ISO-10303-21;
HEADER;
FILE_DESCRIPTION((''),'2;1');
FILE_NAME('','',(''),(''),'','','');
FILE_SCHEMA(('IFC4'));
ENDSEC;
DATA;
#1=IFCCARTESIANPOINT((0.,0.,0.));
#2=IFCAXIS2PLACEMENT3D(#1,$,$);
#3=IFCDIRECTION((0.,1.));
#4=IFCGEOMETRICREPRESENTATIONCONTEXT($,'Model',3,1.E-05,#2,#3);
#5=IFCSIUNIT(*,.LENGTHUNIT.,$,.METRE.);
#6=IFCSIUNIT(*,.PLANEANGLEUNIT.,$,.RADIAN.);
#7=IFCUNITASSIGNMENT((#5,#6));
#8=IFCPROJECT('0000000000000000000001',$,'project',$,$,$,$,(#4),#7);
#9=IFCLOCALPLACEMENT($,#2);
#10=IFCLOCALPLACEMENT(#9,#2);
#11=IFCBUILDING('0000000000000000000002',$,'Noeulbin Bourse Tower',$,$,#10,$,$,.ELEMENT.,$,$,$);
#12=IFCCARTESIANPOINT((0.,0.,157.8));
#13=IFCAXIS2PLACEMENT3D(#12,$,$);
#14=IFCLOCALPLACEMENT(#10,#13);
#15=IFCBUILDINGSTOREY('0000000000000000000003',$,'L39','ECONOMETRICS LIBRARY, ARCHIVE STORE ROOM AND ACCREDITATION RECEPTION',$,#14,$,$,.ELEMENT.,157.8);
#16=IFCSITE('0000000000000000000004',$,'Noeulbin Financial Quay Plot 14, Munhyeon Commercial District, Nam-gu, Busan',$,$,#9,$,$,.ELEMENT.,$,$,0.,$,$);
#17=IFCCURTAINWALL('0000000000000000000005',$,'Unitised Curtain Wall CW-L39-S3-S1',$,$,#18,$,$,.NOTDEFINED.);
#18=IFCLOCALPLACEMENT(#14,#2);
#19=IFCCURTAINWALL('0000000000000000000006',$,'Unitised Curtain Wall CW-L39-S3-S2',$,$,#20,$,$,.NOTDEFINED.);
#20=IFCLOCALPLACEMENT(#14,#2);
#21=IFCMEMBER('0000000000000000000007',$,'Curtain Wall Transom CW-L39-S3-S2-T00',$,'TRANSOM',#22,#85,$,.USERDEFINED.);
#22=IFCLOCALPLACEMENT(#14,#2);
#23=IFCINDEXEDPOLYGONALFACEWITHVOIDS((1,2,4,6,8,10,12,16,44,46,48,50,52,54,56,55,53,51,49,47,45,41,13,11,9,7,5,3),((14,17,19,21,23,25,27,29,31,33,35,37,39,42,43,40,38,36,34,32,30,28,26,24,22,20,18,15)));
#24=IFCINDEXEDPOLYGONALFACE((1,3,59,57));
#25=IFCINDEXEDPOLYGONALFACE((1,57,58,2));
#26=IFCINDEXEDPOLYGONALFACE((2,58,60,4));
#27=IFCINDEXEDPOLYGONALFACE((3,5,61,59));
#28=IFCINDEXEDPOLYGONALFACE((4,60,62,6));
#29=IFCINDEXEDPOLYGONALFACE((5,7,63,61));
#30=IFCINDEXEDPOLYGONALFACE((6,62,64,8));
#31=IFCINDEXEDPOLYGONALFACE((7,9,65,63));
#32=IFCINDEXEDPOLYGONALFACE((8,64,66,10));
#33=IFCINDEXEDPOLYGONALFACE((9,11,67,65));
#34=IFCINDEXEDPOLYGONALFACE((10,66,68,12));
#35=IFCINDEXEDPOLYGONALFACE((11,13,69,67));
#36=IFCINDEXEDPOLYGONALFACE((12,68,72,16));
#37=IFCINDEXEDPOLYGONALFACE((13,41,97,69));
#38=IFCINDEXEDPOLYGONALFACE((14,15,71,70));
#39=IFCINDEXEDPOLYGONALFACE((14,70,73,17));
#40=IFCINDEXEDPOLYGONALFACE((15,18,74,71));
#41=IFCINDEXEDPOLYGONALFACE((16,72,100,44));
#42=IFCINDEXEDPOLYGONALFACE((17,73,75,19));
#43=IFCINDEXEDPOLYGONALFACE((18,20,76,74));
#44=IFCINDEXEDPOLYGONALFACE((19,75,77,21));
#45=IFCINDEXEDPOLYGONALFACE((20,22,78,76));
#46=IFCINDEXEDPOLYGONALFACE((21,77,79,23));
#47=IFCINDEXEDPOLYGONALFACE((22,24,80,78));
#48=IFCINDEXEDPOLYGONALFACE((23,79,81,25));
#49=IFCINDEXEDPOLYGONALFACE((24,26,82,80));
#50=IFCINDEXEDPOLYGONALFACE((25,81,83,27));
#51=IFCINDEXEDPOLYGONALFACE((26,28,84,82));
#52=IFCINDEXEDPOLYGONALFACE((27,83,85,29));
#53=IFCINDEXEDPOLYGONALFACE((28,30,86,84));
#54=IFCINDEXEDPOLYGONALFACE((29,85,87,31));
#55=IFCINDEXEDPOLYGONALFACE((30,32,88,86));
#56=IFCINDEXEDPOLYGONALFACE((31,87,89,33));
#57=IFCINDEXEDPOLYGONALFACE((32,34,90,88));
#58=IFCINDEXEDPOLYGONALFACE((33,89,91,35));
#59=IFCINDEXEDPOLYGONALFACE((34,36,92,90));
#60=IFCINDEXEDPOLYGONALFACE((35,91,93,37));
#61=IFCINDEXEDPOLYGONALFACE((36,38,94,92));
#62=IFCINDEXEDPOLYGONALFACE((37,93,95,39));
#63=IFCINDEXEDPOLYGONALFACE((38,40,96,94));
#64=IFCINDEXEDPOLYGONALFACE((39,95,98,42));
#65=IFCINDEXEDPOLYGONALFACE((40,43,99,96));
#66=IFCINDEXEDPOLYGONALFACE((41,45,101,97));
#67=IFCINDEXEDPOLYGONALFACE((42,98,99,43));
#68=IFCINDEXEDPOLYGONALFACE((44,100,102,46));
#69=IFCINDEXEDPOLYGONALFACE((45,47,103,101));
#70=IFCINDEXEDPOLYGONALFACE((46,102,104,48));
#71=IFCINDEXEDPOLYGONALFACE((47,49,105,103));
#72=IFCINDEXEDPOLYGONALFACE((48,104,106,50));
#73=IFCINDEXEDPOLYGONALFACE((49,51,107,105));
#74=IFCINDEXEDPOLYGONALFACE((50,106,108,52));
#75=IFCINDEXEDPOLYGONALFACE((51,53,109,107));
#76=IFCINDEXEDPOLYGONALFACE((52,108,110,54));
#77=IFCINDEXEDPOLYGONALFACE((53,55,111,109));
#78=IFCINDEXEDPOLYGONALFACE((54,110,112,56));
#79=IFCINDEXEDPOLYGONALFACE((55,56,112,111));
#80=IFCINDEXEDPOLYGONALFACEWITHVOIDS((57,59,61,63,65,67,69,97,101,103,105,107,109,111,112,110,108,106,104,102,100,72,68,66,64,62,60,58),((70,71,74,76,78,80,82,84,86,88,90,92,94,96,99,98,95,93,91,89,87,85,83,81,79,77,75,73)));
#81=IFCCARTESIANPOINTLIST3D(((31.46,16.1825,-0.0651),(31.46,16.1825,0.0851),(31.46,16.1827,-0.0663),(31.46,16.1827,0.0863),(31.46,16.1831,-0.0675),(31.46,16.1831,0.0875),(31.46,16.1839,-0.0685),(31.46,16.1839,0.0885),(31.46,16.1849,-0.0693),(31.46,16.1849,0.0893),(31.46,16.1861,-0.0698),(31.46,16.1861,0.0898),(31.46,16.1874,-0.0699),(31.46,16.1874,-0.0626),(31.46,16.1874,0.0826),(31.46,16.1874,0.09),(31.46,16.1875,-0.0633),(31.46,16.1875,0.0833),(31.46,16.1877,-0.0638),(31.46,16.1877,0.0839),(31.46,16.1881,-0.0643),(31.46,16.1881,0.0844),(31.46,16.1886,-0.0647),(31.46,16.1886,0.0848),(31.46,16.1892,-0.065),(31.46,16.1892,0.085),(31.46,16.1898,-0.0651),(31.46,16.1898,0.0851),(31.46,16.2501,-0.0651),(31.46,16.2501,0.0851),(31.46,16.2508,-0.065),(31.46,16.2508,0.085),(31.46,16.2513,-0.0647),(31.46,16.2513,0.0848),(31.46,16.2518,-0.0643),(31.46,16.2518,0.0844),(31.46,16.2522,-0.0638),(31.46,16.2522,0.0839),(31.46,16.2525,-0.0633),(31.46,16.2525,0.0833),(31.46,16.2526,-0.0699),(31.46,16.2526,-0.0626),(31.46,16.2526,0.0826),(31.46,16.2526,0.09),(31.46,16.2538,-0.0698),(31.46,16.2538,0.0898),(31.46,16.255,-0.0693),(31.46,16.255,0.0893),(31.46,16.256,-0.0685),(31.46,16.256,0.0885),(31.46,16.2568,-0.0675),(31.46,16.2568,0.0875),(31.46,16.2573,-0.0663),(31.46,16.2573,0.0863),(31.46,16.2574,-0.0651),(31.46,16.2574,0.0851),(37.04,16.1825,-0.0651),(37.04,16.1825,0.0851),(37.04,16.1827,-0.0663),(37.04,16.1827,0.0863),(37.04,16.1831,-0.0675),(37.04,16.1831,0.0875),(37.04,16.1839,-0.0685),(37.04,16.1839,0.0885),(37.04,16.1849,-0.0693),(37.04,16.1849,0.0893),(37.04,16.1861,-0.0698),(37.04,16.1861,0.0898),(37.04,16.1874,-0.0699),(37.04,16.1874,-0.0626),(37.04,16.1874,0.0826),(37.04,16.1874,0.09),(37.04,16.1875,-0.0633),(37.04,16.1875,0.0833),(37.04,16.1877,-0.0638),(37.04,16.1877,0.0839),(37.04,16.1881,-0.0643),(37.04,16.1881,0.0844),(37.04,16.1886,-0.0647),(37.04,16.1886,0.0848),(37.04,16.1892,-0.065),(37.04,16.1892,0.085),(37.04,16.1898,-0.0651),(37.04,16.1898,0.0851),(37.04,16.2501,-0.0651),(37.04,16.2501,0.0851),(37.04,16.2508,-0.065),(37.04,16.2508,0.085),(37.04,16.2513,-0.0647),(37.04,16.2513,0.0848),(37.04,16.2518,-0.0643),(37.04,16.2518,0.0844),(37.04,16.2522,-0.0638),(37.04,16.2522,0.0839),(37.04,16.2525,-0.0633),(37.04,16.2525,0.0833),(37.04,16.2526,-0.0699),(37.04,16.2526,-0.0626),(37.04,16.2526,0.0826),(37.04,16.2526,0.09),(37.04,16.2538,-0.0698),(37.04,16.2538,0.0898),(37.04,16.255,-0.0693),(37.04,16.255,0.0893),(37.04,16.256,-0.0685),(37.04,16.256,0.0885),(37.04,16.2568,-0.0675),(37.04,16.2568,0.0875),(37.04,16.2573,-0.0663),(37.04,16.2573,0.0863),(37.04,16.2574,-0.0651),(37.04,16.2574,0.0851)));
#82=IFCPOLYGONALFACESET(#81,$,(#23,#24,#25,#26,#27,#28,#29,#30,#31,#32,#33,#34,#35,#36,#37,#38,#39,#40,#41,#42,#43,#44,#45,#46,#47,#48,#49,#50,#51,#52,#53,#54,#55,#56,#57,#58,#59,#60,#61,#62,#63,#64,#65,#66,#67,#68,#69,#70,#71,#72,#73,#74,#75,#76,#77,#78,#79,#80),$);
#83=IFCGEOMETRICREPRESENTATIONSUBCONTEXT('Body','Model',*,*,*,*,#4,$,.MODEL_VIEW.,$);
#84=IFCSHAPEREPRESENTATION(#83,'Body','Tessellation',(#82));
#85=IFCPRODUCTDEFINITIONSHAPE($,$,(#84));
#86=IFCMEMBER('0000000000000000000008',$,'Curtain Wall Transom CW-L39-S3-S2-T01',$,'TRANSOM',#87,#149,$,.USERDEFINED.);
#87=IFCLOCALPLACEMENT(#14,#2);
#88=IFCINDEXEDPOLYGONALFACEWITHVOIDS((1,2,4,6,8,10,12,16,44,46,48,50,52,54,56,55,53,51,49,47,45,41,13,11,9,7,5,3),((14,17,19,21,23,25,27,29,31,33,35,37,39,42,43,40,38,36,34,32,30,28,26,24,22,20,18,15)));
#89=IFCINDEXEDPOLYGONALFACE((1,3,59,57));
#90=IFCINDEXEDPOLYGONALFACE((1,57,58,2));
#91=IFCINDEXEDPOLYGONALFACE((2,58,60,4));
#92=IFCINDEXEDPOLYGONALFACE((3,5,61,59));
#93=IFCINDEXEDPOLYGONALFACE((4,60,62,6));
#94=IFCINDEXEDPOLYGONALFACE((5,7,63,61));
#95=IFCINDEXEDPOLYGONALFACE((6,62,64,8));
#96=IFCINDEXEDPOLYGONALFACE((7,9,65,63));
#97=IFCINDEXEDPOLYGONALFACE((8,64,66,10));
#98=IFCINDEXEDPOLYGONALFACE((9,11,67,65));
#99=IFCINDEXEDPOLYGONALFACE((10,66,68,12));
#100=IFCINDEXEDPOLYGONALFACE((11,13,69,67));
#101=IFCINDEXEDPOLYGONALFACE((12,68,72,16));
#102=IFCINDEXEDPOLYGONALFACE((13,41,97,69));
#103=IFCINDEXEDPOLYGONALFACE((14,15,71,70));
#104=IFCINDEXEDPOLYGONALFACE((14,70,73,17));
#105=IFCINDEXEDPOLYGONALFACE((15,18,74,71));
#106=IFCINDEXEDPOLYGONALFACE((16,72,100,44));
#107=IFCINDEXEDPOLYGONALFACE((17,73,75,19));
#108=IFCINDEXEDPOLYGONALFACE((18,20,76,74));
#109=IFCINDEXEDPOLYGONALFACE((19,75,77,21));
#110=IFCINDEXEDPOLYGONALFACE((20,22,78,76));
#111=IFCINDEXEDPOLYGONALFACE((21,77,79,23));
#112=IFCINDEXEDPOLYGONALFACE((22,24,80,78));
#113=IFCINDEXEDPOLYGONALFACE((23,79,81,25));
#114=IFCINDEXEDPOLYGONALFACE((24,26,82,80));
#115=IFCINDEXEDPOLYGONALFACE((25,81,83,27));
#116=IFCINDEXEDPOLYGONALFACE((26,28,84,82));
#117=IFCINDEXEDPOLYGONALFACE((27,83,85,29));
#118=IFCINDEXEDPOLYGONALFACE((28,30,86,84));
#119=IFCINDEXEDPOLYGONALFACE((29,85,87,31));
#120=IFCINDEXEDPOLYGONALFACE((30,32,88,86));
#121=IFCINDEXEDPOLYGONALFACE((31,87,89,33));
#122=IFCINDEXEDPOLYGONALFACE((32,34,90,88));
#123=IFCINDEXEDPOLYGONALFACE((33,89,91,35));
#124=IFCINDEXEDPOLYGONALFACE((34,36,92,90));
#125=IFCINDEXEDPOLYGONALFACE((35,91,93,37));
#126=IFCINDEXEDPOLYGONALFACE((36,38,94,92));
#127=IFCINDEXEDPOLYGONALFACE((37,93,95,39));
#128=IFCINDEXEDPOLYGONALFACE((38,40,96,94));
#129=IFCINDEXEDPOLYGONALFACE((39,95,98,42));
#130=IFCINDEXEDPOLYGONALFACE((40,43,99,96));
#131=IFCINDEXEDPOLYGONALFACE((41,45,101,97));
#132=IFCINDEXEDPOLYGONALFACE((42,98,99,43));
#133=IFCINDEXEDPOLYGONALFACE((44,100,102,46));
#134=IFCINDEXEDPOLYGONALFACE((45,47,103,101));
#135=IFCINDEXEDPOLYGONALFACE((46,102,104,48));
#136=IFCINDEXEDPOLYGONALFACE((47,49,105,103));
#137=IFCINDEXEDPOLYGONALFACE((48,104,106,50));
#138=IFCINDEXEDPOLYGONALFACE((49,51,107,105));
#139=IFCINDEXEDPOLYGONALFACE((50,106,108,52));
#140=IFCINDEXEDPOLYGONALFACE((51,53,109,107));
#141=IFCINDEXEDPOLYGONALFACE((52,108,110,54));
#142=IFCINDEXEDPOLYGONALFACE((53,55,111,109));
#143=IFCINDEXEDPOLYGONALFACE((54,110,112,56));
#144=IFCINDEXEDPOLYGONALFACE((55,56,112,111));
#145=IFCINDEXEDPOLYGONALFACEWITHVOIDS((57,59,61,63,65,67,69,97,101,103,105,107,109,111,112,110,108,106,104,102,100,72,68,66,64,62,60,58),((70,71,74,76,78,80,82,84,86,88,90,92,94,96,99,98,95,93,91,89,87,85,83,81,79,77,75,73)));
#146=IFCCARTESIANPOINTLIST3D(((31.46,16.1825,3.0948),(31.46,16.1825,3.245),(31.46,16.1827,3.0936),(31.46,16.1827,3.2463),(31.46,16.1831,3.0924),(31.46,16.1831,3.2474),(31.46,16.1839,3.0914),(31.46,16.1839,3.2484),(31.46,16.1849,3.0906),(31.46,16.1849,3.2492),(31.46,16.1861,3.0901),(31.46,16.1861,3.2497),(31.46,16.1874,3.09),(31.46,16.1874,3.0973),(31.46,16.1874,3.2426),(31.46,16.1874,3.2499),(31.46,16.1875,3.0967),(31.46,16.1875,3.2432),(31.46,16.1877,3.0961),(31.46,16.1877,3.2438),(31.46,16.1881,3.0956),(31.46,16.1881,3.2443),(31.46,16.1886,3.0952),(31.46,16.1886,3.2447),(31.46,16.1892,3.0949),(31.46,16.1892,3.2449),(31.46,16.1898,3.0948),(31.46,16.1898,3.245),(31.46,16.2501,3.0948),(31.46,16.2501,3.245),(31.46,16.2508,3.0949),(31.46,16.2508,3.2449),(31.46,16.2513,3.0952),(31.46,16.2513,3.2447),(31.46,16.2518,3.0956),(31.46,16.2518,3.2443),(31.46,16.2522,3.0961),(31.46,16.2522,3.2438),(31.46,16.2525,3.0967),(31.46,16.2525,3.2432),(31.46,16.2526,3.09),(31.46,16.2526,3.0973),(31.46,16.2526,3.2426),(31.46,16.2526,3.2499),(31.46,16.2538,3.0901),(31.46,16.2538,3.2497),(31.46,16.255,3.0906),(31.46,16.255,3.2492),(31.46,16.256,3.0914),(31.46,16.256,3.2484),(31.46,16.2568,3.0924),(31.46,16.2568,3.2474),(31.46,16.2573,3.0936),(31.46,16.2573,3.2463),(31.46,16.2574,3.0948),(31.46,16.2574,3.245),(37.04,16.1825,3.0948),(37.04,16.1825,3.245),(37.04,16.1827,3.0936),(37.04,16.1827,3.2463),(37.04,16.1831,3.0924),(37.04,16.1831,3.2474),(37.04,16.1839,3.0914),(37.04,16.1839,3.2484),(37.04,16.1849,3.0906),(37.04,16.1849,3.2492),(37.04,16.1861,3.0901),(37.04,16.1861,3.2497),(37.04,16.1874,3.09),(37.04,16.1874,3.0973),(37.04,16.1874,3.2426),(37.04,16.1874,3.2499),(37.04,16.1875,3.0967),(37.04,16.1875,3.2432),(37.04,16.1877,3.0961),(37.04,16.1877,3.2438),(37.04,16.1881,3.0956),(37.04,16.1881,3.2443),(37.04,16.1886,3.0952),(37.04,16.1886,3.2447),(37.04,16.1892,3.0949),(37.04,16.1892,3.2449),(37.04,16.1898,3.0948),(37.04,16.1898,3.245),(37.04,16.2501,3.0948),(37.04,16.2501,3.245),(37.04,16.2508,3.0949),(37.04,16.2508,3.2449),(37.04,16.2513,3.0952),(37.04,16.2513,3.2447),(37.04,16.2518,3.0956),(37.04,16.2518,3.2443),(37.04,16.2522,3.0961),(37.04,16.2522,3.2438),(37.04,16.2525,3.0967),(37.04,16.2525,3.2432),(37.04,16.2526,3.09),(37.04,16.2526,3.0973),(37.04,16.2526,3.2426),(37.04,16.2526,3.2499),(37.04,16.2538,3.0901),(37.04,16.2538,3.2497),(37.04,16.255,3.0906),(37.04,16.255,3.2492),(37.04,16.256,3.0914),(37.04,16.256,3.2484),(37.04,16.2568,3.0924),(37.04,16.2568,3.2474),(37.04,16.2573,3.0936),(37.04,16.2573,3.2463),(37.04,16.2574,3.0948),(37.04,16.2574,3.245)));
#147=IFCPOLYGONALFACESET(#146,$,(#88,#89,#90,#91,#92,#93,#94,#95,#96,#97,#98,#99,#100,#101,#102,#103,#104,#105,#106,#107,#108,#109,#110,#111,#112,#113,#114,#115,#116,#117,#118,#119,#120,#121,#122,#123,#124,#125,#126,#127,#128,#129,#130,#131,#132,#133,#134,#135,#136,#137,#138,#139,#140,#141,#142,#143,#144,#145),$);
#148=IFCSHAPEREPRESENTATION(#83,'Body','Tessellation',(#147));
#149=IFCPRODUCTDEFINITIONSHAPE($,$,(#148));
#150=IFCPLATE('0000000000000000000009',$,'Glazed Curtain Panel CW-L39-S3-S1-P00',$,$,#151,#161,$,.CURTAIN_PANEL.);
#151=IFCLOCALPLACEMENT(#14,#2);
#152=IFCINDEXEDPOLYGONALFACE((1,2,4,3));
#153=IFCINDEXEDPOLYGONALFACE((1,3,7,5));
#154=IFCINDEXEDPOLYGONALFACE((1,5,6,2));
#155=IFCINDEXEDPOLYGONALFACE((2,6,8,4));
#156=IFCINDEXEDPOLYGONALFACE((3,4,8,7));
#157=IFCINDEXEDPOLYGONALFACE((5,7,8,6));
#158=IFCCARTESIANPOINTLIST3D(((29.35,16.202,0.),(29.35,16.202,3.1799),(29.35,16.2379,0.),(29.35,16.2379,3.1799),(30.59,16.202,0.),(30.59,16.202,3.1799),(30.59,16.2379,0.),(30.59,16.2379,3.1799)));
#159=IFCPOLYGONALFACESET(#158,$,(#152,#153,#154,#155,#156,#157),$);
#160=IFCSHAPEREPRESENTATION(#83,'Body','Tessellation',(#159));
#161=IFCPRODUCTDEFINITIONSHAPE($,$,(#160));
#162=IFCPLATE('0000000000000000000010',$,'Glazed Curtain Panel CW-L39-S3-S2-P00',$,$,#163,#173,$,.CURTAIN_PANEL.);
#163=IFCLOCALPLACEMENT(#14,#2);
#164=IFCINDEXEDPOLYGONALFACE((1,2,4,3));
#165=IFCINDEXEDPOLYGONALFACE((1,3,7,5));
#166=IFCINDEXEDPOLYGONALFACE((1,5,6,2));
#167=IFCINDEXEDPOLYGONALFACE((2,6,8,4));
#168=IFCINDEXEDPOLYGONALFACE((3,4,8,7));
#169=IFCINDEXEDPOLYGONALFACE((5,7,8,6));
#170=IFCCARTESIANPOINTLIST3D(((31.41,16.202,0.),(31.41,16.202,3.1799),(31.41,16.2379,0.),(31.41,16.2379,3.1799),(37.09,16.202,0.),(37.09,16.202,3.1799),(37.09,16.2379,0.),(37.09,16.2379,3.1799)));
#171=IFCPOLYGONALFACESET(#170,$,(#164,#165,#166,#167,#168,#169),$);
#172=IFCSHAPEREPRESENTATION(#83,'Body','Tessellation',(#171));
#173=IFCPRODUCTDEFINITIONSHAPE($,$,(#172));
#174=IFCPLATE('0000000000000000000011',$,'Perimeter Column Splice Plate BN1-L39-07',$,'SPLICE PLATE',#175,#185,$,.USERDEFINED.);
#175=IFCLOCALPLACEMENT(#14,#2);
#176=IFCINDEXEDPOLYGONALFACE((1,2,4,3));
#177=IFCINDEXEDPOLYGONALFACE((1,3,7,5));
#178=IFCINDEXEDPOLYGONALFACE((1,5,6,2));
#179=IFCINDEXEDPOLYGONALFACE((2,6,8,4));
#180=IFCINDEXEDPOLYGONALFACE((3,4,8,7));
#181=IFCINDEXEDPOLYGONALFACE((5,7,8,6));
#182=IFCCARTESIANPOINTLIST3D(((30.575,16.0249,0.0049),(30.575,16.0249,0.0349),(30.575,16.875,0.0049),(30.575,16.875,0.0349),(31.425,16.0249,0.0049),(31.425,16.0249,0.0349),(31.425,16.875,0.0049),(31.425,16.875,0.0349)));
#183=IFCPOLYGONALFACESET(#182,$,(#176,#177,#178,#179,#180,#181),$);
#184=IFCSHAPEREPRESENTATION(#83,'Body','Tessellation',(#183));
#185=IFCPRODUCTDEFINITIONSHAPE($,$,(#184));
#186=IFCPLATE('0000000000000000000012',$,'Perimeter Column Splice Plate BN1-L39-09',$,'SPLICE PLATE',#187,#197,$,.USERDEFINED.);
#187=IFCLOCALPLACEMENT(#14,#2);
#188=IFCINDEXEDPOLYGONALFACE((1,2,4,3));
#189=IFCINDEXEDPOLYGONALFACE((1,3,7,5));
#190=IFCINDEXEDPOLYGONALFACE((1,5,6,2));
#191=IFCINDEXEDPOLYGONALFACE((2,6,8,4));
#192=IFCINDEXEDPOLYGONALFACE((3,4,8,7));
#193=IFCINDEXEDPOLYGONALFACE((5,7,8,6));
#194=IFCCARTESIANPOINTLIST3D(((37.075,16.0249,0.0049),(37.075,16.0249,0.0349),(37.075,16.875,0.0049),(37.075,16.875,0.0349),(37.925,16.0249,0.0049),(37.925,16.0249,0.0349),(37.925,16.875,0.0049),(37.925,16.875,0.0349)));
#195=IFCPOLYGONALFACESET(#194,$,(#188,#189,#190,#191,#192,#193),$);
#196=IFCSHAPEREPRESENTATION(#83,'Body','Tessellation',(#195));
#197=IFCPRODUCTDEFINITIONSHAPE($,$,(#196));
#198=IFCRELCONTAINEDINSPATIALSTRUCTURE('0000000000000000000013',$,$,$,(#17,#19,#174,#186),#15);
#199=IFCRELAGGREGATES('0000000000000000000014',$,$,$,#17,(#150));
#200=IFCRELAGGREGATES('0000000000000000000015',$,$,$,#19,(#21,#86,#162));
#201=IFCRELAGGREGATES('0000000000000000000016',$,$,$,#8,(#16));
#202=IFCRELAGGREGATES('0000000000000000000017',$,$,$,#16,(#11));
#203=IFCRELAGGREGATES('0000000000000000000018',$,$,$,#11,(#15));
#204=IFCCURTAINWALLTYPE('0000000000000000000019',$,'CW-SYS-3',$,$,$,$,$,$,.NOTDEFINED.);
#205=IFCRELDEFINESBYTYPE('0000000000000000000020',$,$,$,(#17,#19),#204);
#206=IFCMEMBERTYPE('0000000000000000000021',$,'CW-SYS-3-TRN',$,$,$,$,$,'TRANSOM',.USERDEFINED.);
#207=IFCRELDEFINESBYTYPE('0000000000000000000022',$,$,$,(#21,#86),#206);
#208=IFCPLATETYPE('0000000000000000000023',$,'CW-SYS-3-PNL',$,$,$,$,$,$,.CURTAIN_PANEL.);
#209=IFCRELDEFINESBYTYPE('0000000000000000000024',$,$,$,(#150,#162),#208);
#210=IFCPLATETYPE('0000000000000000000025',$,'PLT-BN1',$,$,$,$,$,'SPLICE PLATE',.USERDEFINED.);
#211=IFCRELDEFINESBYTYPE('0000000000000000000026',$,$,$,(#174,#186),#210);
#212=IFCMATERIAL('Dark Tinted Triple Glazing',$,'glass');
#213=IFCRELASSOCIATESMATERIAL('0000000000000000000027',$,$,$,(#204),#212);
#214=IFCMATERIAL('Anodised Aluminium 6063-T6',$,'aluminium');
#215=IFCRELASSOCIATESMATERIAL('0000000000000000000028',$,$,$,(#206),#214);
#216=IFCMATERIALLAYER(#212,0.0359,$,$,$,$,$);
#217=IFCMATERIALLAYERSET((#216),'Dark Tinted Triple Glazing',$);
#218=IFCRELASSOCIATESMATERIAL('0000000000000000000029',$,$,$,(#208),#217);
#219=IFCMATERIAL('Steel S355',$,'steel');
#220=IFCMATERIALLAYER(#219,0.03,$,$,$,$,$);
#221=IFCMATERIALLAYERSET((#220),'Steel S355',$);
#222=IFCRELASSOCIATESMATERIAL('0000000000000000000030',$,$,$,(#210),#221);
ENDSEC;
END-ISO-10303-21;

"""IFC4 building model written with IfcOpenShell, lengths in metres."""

from ifc_helpers import new_model, si_unit, direction, frame, origin, origin_2d, place, context, subcontext, project, spatial, rectangle, hollow_rectangle, extrude, material, layer, layer_set, material_profile, profile_set, type_object, element, aggregate, save


model = new_model("IFC4")

# Units and contexts
model_context = context("Model", 3, precision=1e-05, world=origin(), true_north=direction((0.0, 1.0)))
body_context = subcontext(model_context, "Body", "Model", "MODEL_VIEW")
ifc_project = project(units=[si_unit("LENGTHUNIT", "METRE"), si_unit("PLANEANGLEUNIT", "RADIAN")], contexts=[model_context])

# Site, building, storey
site_placement = place(None, origin())
site = spatial("IfcSite", under=ifc_project, at=site_placement, Name="Noeulbin Financial Quay Plot 14, Munhyeon Commercial District, Nam-gu, Busan", CompositionType="ELEMENT", RefElevation=0.0)
building_placement = place(site_placement, origin())
building = spatial("IfcBuilding", under=site, at=building_placement, Name="Noeulbin Bourse Tower", CompositionType="ELEMENT")
storey_placement = place(building_placement, frame((0.0, 0.0, 157.8)))
storey = spatial("IfcBuildingStorey", under=building, at=storey_placement, Name="L39", Description="ECONOMETRICS LIBRARY, ARCHIVE STORE ROOM AND ACCREDITATION RECEPTION", CompositionType="ELEMENT", Elevation=157.8)

# Shared definitions
ifc_material_1 = material(Name="Steel S355", Category="steel")

# Curtain walls
ifc_material_2 = material(Name="Dark Tinted Triple Glazing", Category="glass")
curtain_wall_type = type_object("IfcCurtainWallType", Name="CW-SYS-3", PredefinedType="NOTDEFINED", material=ifc_material_2)
curtain_wall_1_placement = place(storey_placement, origin())
curtain_wall_1 = element("IfcCurtainWall", 1, at=curtain_wall_1_placement, inside=storey, type_object=curtain_wall_type, Name="Unitised Curtain Wall CW-L39-S3-S1", PredefinedType="NOTDEFINED")
ifc_material_3 = material(Name="Anodised Aluminium 6063-T6", Category="aluminium")
curtain_wall_2_placement = place(storey_placement, origin())
curtain_wall_2 = element("IfcCurtainWall", 2, at=curtain_wall_2_placement, inside=storey, type_object=curtain_wall_type, Name="Unitised Curtain Wall CW-L39-S3-S2", PredefinedType="NOTDEFINED")

# Members
ifc_material_profile_1 = material_profile(ifc_material_3, hollow_rectangle(XDim=0.075, YDim=0.1599, WallThickness=0.0049, InnerFilletRadius=0.0024, OuterFilletRadius=0.0049, at=origin_2d()), Name="ALU-TRAN-75x160x5", Category="LoadBearing")
ifc_profile_set_1 = profile_set([ifc_material_profile_1], Name="Anodised Aluminium 6063-T6")
member_type_1 = type_object("IfcMemberType", Name="CW-SYS-3-TRN", ElementType="TRANSOM", PredefinedType="USERDEFINED", material=ifc_profile_set_1)
member_1_placement = place(storey_placement, frame((31.46, 16.22, 0.01), z_axis=(1.0, 0.0, 0.0), x_axis=(0.0, 1.0, 0.0)))
member_1 = element("IfcMember", 3, at=member_1_placement, type_object=member_type_1, Name="Curtain Wall Transom CW-L39-S3-S2-T00", ObjectType="TRANSOM", PredefinedType="USERDEFINED", context=body_context, shape_type="SweptSolid", body=[
    extrude(hollow_rectangle(XDim=0.075, YDim=0.1599, WallThickness=0.0049, InnerFilletRadius=0.0024, OuterFilletRadius=0.0049, at=origin_2d()), origin(), (0.0, 0.0, 1.0), 5.5801),
])
member_2_placement = place(storey_placement, frame((31.46, 16.22, 3.1699), z_axis=(1.0, 0.0, 0.0), x_axis=(0.0, 1.0, 0.0)))
member_2 = element("IfcMember", 4, at=member_2_placement, type_object=member_type_1, Name="Curtain Wall Transom CW-L39-S3-S2-T01", ObjectType="TRANSOM", PredefinedType="USERDEFINED", context=body_context, shape_type="SweptSolid", body=[
    extrude(hollow_rectangle(XDim=0.075, YDim=0.1599, WallThickness=0.0049, InnerFilletRadius=0.0024, OuterFilletRadius=0.0049, at=origin_2d()), origin(), (0.0, 0.0, 1.0), 5.5801),
])

# Plates
ifc_layer_1 = layer(ifc_material_2, 0.0359)
ifc_layer_set_1 = layer_set([ifc_layer_1], Name="Dark Tinted Triple Glazing")
plate_type_1 = type_object("IfcPlateType", Name="CW-SYS-3-PNL", PredefinedType="CURTAIN_PANEL", material=ifc_layer_set_1)
plate_1_placement = place(storey_placement, frame((29.97, 16.22, 0.0), z_axis=(0.0, 0.0, 1.0), x_axis=(1.0, 0.0, 0.0)))
plate_1 = element("IfcPlate", 5, at=plate_1_placement, type_object=plate_type_1, Name="Glazed Curtain Panel CW-L39-S3-S1-P00", PredefinedType="CURTAIN_PANEL", context=body_context, shape_type="SweptSolid", body=[
    extrude(rectangle(XDim=1.24, YDim=0.0359, at=origin_2d()), origin(), (0.0, 0.0, 1.0), 3.1799),
])
aggregate(curtain_wall_1, [plate_1])
plate_2_placement = place(storey_placement, frame((34.25, 16.22, 0.0), z_axis=(0.0, 0.0, 1.0), x_axis=(1.0, 0.0, 0.0)))
plate_2 = element("IfcPlate", 6, at=plate_2_placement, type_object=plate_type_1, Name="Glazed Curtain Panel CW-L39-S3-S2-P00", PredefinedType="CURTAIN_PANEL", context=body_context, shape_type="SweptSolid", body=[
    extrude(rectangle(XDim=5.6799, YDim=0.0359, at=origin_2d()), origin(), (0.0, 0.0, 1.0), 3.1799),
])
aggregate(curtain_wall_2, [member_1, member_2, plate_2])

# Plates
ifc_layer_2 = layer(ifc_material_1, 0.03)
ifc_layer_set_2 = layer_set([ifc_layer_2], Name="Steel S355")
plate_type_2 = type_object("IfcPlateType", Name="PLT-BN1", ElementType="SPLICE PLATE", PredefinedType="USERDEFINED", material=ifc_layer_set_2)
for number, where, z_axis, x_axis, name in (
    (7, (31.0, 16.45, 0.0049), (0.0, 0.0, 1.0), (1.0, 0.0, 0.0), "Perimeter Column Splice Plate BN1-L39-07"),
    (8, (37.5, 16.45, 0.0049), (0.0, 0.0, 1.0), (1.0, 0.0, 0.0), "Perimeter Column Splice Plate BN1-L39-09"),
):
    element("IfcPlate", number, at=place(storey_placement, frame(where, z_axis=z_axis, x_axis=x_axis)), inside=storey, type_object=plate_type_2, Name=name, ObjectType="SPLICE PLATE", PredefinedType="USERDEFINED", context=body_context, shape_type="SweptSolid", body=[
        extrude(rectangle(XDim=0.8501, YDim=0.8501, at=origin_2d()), origin(), (0.0, 0.0, 1.0), 0.03),
    ])

save(model, "model.ifc")
